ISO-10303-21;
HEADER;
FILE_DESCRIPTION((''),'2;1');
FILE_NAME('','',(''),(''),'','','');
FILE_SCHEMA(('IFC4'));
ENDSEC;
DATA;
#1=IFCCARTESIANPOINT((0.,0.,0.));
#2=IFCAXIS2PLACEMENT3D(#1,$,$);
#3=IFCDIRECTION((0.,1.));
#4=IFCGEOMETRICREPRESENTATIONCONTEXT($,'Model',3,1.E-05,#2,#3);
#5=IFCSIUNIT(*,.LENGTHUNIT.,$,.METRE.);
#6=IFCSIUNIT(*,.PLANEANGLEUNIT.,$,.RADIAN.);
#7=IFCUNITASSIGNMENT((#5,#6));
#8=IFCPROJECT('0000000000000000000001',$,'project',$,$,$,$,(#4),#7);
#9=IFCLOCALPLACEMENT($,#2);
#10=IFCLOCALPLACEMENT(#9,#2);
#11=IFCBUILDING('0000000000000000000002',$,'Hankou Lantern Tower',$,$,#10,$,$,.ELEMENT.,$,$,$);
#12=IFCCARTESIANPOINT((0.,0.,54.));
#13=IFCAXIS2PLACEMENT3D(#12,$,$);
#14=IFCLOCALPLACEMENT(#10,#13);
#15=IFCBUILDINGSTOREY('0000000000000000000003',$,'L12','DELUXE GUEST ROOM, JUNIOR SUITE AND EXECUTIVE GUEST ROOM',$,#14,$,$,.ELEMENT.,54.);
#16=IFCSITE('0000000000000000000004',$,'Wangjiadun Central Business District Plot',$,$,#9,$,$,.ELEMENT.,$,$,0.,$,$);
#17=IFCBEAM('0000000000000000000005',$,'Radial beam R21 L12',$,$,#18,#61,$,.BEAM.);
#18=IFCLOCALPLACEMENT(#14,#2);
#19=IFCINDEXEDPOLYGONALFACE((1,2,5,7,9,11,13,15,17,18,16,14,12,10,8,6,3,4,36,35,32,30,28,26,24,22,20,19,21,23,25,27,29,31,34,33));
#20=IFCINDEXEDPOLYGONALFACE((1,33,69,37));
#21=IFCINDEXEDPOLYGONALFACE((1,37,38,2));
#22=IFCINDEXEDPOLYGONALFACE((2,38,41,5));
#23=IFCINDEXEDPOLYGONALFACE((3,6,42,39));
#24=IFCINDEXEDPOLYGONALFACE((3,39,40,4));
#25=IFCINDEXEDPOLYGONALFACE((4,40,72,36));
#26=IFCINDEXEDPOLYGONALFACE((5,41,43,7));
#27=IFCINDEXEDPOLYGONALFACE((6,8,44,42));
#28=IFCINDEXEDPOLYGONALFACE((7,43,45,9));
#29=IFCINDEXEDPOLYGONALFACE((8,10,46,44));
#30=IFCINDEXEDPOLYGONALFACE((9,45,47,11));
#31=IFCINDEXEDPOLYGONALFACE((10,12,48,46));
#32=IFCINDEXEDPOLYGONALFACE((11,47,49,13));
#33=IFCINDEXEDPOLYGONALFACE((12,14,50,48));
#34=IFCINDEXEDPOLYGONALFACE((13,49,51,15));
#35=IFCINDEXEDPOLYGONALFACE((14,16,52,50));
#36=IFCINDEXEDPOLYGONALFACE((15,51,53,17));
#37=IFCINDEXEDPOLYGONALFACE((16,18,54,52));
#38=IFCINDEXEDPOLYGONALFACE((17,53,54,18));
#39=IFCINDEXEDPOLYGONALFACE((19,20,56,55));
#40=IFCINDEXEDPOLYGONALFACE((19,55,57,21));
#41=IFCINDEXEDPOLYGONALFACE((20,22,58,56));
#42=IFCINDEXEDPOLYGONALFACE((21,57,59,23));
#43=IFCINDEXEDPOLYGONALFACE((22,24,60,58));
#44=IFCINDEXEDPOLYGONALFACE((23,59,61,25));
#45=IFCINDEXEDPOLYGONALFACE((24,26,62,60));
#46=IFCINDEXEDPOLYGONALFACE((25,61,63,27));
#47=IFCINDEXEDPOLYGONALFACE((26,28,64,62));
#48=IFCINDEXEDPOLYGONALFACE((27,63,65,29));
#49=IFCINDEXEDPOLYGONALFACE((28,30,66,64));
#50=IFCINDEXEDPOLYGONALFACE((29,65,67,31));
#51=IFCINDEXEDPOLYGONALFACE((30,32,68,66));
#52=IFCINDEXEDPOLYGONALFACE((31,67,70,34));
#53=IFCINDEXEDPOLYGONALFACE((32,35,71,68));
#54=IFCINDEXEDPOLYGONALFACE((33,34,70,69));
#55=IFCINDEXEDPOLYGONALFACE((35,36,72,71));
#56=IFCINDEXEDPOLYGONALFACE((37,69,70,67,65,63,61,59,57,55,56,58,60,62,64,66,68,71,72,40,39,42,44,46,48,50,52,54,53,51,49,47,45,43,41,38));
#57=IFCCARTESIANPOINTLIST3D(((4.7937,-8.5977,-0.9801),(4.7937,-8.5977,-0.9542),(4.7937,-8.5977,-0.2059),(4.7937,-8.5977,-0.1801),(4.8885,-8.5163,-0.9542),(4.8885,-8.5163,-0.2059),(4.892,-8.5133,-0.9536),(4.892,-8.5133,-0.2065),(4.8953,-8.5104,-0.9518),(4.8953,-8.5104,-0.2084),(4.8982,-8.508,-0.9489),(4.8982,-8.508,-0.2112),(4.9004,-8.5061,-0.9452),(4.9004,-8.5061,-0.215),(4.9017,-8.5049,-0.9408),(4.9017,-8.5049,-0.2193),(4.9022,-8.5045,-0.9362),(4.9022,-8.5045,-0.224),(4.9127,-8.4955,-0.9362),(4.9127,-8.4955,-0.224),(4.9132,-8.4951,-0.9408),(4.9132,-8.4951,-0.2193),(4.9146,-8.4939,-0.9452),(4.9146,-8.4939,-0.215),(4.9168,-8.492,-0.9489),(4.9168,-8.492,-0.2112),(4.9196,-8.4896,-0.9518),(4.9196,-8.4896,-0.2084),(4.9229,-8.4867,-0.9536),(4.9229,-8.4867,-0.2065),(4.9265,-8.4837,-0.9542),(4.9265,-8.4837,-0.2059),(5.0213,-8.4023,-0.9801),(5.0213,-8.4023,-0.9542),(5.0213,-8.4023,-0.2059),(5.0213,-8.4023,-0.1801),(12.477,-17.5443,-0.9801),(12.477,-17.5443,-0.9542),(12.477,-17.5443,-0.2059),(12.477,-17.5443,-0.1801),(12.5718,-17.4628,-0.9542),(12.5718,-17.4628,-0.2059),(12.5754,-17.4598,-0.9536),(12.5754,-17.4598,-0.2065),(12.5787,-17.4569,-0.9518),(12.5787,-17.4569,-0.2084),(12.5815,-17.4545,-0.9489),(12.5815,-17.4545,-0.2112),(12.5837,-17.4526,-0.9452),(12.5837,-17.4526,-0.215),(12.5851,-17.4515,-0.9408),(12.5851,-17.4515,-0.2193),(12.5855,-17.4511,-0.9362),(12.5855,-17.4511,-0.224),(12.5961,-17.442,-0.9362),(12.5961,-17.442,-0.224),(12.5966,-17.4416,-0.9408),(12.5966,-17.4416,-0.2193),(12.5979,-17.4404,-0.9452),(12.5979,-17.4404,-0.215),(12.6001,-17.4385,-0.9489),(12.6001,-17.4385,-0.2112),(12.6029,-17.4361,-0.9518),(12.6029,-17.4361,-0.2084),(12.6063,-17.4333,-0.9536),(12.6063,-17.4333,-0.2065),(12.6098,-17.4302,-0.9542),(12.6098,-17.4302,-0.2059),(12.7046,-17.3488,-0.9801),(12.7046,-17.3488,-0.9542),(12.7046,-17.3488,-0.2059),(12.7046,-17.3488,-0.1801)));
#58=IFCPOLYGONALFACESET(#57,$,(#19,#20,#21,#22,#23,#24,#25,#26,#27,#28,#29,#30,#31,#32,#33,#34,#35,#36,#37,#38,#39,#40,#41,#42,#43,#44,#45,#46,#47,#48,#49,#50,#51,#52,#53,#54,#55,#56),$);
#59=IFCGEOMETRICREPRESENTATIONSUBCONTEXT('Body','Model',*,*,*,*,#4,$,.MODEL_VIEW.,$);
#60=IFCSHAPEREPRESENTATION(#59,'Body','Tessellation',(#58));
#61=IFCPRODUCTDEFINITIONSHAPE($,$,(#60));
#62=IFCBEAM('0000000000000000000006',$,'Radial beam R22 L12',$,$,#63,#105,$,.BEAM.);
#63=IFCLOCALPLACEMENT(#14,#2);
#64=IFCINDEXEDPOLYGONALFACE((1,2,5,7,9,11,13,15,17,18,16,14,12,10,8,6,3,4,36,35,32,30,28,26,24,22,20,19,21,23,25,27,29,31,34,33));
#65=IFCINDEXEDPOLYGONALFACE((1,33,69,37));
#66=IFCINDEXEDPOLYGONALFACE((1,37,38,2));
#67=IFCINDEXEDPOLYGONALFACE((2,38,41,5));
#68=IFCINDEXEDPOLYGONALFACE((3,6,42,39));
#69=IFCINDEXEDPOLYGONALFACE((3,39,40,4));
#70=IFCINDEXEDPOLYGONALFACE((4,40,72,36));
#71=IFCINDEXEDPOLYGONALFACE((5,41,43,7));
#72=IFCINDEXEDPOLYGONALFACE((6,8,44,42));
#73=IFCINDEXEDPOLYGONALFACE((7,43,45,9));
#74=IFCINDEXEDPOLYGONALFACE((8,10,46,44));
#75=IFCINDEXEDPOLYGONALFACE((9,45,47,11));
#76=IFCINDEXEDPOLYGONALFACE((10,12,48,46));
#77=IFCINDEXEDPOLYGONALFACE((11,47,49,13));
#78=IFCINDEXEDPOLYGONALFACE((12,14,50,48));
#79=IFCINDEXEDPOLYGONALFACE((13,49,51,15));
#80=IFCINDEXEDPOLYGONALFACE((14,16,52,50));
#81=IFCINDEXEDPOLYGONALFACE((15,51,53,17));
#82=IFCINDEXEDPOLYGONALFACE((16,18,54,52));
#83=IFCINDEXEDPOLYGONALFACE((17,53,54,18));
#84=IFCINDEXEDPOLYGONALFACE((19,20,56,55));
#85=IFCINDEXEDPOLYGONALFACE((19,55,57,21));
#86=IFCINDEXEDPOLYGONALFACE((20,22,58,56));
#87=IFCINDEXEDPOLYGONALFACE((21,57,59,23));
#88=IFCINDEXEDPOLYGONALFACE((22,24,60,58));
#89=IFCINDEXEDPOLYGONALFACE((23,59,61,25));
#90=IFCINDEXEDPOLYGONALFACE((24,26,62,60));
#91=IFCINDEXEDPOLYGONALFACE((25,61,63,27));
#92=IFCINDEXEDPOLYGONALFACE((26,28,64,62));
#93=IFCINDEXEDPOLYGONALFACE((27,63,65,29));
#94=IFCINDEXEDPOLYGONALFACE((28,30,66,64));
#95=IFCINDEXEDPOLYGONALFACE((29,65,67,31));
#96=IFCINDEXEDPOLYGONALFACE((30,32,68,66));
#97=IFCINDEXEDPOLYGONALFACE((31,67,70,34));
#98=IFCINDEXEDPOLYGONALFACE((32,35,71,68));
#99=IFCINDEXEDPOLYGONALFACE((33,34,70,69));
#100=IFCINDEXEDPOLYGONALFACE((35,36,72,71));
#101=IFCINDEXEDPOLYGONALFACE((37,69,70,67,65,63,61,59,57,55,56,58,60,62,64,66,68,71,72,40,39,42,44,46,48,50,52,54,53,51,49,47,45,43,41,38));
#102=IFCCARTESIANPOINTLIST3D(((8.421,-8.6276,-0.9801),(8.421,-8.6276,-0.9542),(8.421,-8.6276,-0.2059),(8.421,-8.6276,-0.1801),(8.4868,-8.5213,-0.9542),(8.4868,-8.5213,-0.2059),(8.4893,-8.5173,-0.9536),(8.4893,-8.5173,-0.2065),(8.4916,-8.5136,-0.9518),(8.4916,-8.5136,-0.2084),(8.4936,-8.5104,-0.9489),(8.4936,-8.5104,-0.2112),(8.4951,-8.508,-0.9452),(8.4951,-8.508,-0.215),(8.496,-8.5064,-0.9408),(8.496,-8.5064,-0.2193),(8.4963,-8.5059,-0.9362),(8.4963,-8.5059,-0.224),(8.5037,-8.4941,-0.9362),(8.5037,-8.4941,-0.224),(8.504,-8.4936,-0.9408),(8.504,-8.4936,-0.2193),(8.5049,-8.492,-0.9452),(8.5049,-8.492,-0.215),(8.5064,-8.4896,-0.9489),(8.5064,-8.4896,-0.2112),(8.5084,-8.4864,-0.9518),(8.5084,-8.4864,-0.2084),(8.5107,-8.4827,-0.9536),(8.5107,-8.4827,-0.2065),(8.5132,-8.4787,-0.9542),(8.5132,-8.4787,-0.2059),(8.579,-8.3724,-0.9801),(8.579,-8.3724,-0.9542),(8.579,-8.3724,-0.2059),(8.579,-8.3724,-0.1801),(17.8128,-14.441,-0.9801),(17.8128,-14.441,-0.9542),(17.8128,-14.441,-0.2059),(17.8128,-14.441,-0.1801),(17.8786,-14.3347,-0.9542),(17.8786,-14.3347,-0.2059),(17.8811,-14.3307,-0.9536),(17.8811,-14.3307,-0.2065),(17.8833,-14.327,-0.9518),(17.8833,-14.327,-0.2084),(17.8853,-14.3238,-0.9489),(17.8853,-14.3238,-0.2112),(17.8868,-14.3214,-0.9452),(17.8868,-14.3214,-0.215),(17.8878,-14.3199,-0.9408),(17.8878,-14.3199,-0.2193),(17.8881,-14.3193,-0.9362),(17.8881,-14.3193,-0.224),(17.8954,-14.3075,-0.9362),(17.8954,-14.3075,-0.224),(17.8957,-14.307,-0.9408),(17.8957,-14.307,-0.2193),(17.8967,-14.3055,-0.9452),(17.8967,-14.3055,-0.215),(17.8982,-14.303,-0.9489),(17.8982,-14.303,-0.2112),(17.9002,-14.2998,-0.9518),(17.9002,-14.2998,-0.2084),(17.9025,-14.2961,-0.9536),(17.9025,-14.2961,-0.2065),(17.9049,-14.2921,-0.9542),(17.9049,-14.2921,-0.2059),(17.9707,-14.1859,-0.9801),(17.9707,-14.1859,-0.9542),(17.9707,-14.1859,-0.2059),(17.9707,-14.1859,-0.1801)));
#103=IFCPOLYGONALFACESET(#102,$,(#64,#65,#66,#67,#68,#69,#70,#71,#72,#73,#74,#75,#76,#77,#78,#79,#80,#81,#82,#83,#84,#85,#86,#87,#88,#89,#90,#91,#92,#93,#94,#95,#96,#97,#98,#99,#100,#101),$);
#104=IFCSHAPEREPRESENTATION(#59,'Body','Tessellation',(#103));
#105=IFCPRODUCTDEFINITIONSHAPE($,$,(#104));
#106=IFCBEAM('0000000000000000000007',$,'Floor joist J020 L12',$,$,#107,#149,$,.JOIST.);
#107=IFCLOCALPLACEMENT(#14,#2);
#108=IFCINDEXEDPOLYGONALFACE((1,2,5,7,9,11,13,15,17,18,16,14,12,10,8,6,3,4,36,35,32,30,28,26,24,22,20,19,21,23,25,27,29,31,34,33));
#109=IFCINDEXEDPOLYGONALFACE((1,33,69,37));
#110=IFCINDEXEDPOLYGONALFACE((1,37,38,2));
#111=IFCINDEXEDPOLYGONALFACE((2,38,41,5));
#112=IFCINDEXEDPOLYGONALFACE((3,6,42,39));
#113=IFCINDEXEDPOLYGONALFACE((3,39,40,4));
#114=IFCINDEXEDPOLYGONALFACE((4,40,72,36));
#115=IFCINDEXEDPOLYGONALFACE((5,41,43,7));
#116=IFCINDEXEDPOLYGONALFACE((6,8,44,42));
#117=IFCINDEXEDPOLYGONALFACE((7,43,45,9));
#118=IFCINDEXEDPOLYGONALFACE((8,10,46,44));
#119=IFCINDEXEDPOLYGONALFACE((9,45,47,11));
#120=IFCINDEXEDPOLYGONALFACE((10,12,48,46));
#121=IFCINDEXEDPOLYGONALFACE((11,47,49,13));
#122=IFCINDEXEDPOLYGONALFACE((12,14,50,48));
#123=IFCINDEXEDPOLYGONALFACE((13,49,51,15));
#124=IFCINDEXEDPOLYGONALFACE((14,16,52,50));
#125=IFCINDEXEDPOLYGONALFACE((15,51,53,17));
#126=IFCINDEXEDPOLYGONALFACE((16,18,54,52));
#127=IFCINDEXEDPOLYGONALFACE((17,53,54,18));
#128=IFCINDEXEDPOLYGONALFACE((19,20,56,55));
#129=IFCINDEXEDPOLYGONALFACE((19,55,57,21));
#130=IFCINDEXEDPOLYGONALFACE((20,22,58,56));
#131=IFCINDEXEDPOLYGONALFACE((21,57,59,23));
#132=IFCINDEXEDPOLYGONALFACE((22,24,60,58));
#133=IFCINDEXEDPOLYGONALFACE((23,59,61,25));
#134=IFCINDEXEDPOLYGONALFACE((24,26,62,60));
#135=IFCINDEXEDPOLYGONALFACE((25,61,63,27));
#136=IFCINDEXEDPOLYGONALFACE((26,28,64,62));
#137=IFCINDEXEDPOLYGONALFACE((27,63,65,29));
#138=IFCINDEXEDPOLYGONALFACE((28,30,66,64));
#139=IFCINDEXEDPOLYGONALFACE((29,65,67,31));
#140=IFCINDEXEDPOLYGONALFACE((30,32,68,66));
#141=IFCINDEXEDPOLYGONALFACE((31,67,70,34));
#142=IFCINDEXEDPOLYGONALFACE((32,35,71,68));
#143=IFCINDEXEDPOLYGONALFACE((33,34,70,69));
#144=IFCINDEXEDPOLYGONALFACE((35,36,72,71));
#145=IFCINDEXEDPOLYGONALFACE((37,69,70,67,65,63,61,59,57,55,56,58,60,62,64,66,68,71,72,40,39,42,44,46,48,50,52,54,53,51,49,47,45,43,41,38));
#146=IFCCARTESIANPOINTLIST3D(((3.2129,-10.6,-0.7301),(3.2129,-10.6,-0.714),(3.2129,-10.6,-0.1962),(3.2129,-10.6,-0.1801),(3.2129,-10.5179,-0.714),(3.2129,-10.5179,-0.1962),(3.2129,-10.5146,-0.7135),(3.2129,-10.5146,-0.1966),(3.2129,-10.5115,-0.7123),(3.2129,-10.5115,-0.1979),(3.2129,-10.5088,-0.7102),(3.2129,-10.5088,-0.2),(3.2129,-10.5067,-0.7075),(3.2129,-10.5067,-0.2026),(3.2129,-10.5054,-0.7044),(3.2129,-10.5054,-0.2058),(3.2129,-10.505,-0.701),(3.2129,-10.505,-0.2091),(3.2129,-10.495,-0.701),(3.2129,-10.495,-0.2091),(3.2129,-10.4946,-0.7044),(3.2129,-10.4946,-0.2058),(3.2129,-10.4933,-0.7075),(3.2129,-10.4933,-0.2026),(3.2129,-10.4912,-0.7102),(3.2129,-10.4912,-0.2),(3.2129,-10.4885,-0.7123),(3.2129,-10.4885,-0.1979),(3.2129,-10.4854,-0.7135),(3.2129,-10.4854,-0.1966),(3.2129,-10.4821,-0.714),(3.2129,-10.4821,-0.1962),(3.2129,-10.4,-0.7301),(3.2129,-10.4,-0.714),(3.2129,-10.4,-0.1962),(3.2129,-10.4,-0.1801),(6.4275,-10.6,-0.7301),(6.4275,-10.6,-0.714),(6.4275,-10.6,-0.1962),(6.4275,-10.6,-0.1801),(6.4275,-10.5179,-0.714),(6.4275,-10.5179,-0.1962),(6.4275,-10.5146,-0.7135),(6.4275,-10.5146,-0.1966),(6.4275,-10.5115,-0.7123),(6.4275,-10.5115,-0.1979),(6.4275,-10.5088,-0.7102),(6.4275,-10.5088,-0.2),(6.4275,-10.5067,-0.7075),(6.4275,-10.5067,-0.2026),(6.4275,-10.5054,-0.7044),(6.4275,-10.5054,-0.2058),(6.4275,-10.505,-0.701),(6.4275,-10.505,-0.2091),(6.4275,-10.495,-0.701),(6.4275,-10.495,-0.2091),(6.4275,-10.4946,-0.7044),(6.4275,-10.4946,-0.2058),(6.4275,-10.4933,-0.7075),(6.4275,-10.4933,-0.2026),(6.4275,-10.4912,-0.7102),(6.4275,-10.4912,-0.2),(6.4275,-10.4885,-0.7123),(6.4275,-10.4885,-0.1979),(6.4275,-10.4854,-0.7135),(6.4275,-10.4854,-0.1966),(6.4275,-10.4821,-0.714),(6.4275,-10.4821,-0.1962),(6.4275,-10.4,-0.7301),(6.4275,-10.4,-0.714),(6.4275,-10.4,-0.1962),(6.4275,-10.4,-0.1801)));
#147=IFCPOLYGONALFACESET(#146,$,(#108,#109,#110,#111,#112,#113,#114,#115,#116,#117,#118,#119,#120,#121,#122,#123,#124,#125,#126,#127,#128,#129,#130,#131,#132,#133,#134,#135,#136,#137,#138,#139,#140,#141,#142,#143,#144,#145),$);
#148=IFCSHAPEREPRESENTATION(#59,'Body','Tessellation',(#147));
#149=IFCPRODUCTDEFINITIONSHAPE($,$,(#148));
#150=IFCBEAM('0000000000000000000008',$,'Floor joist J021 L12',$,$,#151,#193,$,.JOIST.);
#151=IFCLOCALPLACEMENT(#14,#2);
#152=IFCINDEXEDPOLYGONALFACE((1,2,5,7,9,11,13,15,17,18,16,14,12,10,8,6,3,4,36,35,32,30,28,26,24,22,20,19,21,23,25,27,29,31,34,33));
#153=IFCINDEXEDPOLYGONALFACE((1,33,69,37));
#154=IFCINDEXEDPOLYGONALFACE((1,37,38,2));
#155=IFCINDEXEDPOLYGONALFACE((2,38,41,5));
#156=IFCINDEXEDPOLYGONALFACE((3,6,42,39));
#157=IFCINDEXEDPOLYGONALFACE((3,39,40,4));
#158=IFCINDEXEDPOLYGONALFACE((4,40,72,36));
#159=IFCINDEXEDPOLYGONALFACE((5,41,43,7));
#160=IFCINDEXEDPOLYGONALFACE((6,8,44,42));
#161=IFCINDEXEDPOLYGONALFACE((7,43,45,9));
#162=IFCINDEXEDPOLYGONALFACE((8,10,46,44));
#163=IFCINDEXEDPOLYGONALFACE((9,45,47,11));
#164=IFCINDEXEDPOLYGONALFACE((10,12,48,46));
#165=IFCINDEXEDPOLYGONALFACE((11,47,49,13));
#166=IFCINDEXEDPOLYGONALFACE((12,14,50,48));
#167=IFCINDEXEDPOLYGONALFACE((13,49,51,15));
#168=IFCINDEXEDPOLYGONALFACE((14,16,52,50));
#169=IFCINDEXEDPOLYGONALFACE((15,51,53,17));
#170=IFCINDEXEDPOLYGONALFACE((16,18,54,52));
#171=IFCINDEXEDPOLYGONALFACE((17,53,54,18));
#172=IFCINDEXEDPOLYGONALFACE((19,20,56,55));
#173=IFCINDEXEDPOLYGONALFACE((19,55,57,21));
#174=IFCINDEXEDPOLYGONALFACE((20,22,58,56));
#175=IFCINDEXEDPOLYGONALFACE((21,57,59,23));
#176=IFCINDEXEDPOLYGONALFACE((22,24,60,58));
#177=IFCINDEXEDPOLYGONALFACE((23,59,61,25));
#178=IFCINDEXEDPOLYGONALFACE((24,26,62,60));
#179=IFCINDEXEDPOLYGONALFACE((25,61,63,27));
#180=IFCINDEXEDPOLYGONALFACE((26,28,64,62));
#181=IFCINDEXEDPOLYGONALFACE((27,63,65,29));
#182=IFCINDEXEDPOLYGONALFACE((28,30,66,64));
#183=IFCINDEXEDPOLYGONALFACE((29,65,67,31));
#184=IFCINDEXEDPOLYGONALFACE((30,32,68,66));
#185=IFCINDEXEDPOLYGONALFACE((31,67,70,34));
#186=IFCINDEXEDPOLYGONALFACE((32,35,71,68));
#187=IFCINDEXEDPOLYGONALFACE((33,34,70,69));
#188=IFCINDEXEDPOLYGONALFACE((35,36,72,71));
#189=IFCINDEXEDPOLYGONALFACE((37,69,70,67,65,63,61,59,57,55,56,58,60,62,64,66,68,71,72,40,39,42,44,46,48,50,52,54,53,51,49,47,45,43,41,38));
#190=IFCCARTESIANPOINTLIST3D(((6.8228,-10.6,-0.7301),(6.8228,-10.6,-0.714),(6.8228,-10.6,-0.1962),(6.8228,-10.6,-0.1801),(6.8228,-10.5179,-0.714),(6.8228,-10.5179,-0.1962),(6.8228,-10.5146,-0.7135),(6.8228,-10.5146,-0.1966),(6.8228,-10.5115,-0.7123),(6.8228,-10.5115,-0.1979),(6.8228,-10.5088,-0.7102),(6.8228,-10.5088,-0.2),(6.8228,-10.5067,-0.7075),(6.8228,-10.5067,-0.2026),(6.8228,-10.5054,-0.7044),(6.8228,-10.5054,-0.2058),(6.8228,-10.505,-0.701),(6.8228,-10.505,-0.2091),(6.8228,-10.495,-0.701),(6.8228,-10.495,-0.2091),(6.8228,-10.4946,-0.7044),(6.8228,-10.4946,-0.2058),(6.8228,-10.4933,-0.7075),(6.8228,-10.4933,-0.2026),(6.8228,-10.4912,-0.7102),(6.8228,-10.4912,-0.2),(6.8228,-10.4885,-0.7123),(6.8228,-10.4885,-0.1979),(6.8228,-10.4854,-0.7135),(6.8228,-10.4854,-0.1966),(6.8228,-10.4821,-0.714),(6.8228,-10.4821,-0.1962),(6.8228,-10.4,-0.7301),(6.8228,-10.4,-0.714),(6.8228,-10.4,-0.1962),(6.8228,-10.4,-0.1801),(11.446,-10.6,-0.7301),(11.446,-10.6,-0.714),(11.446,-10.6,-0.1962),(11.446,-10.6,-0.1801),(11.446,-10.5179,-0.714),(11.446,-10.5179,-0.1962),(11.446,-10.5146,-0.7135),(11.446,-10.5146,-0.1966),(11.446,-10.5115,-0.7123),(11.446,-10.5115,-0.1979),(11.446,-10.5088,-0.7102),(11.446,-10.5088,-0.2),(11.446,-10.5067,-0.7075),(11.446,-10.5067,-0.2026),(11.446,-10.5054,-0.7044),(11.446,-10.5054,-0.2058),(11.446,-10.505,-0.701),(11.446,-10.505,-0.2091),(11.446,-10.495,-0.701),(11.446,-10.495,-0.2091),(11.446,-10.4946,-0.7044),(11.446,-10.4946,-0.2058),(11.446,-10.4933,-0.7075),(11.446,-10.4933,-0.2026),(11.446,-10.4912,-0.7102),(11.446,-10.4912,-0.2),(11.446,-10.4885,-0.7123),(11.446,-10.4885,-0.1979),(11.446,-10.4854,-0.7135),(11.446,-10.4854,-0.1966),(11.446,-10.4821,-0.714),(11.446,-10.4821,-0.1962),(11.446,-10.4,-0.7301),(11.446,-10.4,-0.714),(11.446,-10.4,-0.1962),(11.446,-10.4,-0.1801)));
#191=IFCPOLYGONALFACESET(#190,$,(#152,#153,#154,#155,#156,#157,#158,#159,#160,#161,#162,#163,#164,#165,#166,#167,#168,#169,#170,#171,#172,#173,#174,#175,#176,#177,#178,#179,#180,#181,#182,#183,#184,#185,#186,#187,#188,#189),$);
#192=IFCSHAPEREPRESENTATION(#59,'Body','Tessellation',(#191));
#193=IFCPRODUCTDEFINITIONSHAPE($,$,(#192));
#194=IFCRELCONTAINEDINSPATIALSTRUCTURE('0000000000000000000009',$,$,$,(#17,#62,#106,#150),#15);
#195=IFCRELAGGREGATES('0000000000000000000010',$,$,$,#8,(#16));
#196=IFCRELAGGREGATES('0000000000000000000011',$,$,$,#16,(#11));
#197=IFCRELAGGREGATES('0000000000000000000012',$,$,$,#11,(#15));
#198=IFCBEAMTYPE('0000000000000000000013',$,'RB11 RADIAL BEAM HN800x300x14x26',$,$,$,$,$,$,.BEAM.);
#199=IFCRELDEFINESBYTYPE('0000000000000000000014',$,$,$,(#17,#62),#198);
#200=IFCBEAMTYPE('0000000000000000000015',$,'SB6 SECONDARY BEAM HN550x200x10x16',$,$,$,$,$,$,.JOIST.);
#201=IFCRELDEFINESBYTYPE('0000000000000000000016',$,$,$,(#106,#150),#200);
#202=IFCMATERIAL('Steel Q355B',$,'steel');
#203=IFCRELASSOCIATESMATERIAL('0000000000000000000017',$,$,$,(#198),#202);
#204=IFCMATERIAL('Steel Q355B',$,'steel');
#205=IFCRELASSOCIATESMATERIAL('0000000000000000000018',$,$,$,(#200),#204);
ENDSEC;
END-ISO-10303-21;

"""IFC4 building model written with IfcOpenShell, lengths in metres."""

from ifc_helpers import new_model, si_unit, direction, frame, origin, origin_2d, place, context, subcontext, project, spatial, i_section, extrude, material, material_profile, profile_set, type_object, element, save


model = new_model("IFC4")

# Units and contexts
model_context = context("Model", 3, precision=1e-05, world=origin(), true_north=direction((0.0, 1.0)))
body_context = subcontext(model_context, "Body", "Model", "MODEL_VIEW")
ifc_project = project(units=[si_unit("LENGTHUNIT", "METRE"), si_unit("PLANEANGLEUNIT", "RADIAN")], contexts=[model_context])

# Site, building, storey
site_placement = place(None, origin())
site = spatial("IfcSite", under=ifc_project, at=site_placement, Name="Wangjiadun Central Business District Plot", CompositionType="ELEMENT", RefElevation=0.0)
building_placement = place(site_placement, origin())
building = spatial("IfcBuilding", under=site, at=building_placement, Name="Hankou Lantern Tower", CompositionType="ELEMENT")
storey_placement = place(building_placement, frame((0.0, 0.0, 54.0)))
storey = spatial("IfcBuildingStorey", under=building, at=storey_placement, Name="L12", Description="DELUXE GUEST ROOM, JUNIOR SUITE AND EXECUTIVE GUEST ROOM", CompositionType="ELEMENT", Elevation=54.0)

# Beams
ifc_material_1 = material(Name="Steel Q355B", Category="steel")
ifc_material_profile_1 = material_profile(ifc_material_1, i_section(OverallWidth=0.3, OverallDepth=0.8, WebThickness=0.0139, FlangeThickness=0.0259, FilletRadius=0.0181, at=origin_2d()), Name="HN800x300x14x26")
ifc_profile_set_1 = profile_set([ifc_material_profile_1], Name="Steel Q355B")
beam_type_1 = type_object("IfcBeamType", Name="RB11 RADIAL BEAM HN800x300x14x26", PredefinedType="BEAM", material=ifc_profile_set_1)
beam_1_placement = place(storey_placement, frame((4.9075, -8.5, -0.5801), z_axis=(0.651519, -0.758632, 0.0), x_axis=(0.758632, 0.651519, 0.0)))
element("IfcBeam", 1, at=beam_1_placement, inside=storey, type_object=beam_type_1, Name="Radial beam R21 L12", PredefinedType="BEAM", context=body_context, shape_type="SweptSolid", body=[
    extrude(i_section(OverallWidth=0.3, OverallDepth=0.8, WebThickness=0.0139, FlangeThickness=0.0259, FilletRadius=0.0181, at=origin_2d()), origin(), (0.0, 0.0, 1.0), 11.793),
])
beam_2_placement = place(storey_placement, frame((8.5, -8.5, -0.5801), z_axis=(0.850286, -0.52632, 0.0), x_axis=(0.52632, 0.850286, 0.0)))
element("IfcBeam", 2, at=beam_2_placement, inside=storey, type_object=beam_type_1, Name="Radial beam R22 L12", PredefinedType="BEAM", context=body_context, shape_type="SweptSolid", body=[
    extrude(i_section(OverallWidth=0.3, OverallDepth=0.8, WebThickness=0.0139, FlangeThickness=0.0259, FilletRadius=0.0181, at=origin_2d()), origin(), (0.0, 0.0, 1.0), 11.0454),
])
ifc_material_2 = material(Name="Steel Q355B", Category="steel")
ifc_material_profile_2 = material_profile(ifc_material_2, i_section(OverallWidth=0.2, OverallDepth=0.55, WebThickness=0.01, FlangeThickness=0.0161, FilletRadius=0.0129, at=origin_2d()), Name="HN550x200x10x16")
ifc_profile_set_2 = profile_set([ifc_material_profile_2], Name="Steel Q355B")
beam_type_2 = type_object("IfcBeamType", Name="SB6 SECONDARY BEAM HN550x200x10x16", PredefinedType="JOIST", material=ifc_profile_set_2)
beam_3_placement = place(storey_placement, frame((3.2129, -10.5, -0.4551), z_axis=(1.0, 0.0, 0.0), x_axis=(0.0, 1.0, 0.0)))
element("IfcBeam", 3, at=beam_3_placement, inside=storey, type_object=beam_type_2, Name="Floor joist J020 L12", PredefinedType="JOIST", context=body_context, shape_type="SweptSolid", body=[
    extrude(i_section(OverallWidth=0.2, OverallDepth=0.55, WebThickness=0.01, FlangeThickness=0.0161, FilletRadius=0.0129, at=origin_2d()), origin(), (0.0, 0.0, 1.0), 3.2146),
])
beam_4_placement = place(storey_placement, frame((6.8228, -10.5, -0.4551), z_axis=(1.0, 0.0, 0.0), x_axis=(0.0, 1.0, 0.0)))
element("IfcBeam", 4, at=beam_4_placement, inside=storey, type_object=beam_type_2, Name="Floor joist J021 L12", PredefinedType="JOIST", context=body_context, shape_type="SweptSolid", body=[
    extrude(i_section(OverallWidth=0.2, OverallDepth=0.55, WebThickness=0.01, FlangeThickness=0.0161, FilletRadius=0.0129, at=origin_2d()), origin(), (0.0, 0.0, 1.0), 4.6233),
])

save(model, "model.ifc")
